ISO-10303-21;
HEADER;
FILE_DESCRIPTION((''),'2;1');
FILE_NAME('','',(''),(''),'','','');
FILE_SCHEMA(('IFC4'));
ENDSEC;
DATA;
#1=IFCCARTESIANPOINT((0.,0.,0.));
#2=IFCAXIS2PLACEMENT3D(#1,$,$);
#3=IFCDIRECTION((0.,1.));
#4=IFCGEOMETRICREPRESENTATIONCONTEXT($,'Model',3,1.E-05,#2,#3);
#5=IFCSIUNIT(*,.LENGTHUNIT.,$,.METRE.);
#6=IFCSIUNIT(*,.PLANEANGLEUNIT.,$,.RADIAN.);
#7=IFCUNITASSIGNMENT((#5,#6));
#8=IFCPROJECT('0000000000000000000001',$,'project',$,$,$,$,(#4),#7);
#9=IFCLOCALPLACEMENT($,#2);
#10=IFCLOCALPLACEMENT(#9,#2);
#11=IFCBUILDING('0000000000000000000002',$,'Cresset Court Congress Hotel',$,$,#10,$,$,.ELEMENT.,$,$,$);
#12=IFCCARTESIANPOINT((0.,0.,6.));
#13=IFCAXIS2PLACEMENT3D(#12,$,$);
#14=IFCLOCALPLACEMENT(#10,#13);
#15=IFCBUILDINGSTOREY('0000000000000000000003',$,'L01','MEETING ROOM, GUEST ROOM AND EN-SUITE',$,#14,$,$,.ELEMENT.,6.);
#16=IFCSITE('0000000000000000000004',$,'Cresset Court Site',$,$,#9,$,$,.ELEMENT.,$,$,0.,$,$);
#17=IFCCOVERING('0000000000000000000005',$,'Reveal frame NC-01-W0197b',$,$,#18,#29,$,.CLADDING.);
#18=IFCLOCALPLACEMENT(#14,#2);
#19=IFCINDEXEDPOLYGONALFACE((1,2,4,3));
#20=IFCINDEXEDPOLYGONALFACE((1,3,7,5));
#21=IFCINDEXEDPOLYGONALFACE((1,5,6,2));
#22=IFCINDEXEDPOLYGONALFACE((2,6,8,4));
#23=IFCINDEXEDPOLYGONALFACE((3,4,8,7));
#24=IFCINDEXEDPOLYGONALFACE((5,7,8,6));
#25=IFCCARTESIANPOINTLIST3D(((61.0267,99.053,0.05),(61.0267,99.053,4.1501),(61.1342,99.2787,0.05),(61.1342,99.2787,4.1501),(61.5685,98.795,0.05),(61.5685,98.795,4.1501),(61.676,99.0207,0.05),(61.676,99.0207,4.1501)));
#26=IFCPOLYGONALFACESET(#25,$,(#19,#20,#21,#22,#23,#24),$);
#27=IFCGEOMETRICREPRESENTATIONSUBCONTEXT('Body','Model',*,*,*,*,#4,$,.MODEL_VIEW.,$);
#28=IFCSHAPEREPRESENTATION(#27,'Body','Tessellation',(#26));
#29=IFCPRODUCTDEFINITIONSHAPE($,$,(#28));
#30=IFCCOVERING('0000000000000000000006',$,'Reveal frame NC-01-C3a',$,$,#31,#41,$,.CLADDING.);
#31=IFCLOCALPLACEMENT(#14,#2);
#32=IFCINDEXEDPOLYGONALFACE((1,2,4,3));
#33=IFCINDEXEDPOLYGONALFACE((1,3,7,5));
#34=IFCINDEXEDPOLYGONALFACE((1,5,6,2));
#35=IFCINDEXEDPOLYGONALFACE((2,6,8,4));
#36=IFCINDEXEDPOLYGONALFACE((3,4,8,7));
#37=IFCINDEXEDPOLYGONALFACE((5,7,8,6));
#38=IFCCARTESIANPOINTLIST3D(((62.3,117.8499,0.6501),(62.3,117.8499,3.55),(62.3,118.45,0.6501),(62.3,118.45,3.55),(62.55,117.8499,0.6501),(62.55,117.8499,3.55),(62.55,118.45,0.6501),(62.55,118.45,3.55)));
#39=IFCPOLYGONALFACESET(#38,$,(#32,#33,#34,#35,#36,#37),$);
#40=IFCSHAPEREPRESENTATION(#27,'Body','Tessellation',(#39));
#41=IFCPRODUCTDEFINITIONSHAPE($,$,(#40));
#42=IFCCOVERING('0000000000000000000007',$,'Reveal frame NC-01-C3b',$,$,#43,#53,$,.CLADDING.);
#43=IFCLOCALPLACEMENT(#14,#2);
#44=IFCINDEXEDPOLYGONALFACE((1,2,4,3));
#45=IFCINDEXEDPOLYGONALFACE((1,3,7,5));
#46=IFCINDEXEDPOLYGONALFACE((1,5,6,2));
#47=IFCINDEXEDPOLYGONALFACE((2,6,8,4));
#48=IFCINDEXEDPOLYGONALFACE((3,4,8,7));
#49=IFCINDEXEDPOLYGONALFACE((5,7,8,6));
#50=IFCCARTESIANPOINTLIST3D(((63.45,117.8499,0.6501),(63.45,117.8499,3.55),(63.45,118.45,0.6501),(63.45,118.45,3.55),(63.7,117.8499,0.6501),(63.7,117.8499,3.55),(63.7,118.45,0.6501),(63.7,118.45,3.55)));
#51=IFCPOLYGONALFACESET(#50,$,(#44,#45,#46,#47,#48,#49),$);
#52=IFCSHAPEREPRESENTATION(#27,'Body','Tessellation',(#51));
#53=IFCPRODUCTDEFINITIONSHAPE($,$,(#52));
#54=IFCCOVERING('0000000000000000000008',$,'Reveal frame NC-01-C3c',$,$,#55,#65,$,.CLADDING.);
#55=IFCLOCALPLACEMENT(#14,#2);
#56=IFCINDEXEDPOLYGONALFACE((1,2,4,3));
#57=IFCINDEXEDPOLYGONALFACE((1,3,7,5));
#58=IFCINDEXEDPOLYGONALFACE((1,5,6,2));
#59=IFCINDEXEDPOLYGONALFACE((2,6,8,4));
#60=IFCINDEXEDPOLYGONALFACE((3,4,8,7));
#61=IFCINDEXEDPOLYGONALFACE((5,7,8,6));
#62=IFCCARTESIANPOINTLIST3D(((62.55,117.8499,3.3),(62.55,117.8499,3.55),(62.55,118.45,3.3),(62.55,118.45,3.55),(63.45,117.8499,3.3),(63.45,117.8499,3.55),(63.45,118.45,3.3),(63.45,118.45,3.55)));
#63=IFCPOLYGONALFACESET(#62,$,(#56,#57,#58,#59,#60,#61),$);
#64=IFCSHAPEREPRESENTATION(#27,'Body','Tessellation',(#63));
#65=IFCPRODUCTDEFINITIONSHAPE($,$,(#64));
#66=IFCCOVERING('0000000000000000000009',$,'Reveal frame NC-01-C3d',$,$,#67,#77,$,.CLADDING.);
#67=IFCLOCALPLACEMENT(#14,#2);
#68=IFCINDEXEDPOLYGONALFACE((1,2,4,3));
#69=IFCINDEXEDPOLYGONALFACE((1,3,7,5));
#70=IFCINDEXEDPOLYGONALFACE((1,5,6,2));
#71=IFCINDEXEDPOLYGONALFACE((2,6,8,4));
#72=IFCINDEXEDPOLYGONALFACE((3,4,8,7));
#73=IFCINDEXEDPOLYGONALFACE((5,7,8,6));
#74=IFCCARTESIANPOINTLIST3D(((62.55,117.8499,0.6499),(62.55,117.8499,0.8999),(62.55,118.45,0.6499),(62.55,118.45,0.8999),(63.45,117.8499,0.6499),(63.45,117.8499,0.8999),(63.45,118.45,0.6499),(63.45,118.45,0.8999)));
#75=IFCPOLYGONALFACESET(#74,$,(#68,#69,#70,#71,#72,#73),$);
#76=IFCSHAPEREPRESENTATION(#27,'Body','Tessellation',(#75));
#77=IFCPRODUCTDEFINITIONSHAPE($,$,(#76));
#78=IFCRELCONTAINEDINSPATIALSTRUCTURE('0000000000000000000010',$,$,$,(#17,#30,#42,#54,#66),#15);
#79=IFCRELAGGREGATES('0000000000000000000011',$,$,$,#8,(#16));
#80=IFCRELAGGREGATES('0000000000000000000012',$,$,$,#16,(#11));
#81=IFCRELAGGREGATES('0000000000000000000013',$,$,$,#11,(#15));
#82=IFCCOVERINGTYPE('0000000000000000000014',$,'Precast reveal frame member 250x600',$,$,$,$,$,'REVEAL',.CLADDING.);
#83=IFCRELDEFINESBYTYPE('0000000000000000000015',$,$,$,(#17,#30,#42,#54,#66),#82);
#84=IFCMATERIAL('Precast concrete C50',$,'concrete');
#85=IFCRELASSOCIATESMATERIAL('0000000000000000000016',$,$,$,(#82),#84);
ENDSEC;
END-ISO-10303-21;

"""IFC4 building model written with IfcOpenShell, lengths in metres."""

from ifc_helpers import new_model, si_unit, direction, frame, origin, origin_2d, place, context, subcontext, project, spatial, rectangle, extrude, material, type_object, element, save


model = new_model("IFC4")

# Units and contexts
model_context = context("Model", 3, precision=1e-05, world=origin(), true_north=direction((0.0, 1.0)))
body_context = subcontext(model_context, "Body", "Model", "MODEL_VIEW")
ifc_project = project(units=[si_unit("LENGTHUNIT", "METRE"), si_unit("PLANEANGLEUNIT", "RADIAN")], contexts=[model_context])

# Site, building, storey
site_placement = place(None, origin())
site = spatial("IfcSite", under=ifc_project, at=site_placement, Name="Cresset Court Site", CompositionType="ELEMENT", RefElevation=0.0)
building_placement = place(site_placement, origin())
building = spatial("IfcBuilding", under=site, at=building_placement, Name="Cresset Court Congress Hotel", CompositionType="ELEMENT")
storey_placement = place(building_placement, frame((0.0, 0.0, 6.0)))
storey = spatial("IfcBuildingStorey", under=building, at=storey_placement, Name="L01", Description="MEETING ROOM, GUEST ROOM AND EN-SUITE", CompositionType="ELEMENT", Elevation=6.0)

# Coverings
ifc_material_1 = material(Name="Precast concrete C50", Category="concrete")
covering_type = type_object("IfcCoveringType", Name="Precast reveal frame member 250x600", ElementType="REVEAL", PredefinedType="CLADDING", material=ifc_material_1)
covering_placement = place(storey_placement, frame((61.3513, 99.0369, 0.05), z_axis=(0.0, 0.0, 1.0), x_axis=(0.429933, 0.902861, 0.0)))
element("IfcCovering", 1, at=covering_placement, inside=storey, type_object=covering_type, Name="Reveal frame NC-01-W0197b", PredefinedType="CLADDING", context=body_context, shape_type="SweptSolid", body=[
    extrude(rectangle(XDim=0.25, YDim=0.6001, at=origin_2d()), origin(), (0.0, 0.0, 1.0), 4.1001),
])
for number, where, z_axis, x_axis, name in (
    (2, (62.425, 118.1499, 0.6501), (0.0, 0.0, 1.0), (1.0, 0.0, 0.0), "Reveal frame NC-01-C3a"),
    (3, (63.575, 118.1499, 0.6501), (0.0, 0.0, 1.0), (1.0, 0.0, 0.0), "Reveal frame NC-01-C3b"),
):
    element("IfcCovering", number, at=place(storey_placement, frame(where, z_axis=z_axis, x_axis=x_axis)), inside=storey, type_object=covering_type, Name=name, PredefinedType="CLADDING", context=body_context, shape_type="SweptSolid", body=[
        extrude(rectangle(XDim=0.25, YDim=0.6001, at=origin_2d()), origin(), (0.0, 0.0, 1.0), 2.8999),
    ])
for number, where, z_axis, x_axis, name in (
    (4, (63.0, 118.1499, 3.3), (0.0, 0.0, 1.0), (1.0, 0.0, 0.0), "Reveal frame NC-01-C3c"),
    (5, (63.0, 118.1499, 0.6499), (0.0, 0.0, 1.0), (1.0, 0.0, 0.0), "Reveal frame NC-01-C3d"),
):
    element("IfcCovering", number, at=place(storey_placement, frame(where, z_axis=z_axis, x_axis=x_axis)), inside=storey, type_object=covering_type, Name=name, PredefinedType="CLADDING", context=body_context, shape_type="SweptSolid", body=[
        extrude(rectangle(XDim=0.8999, YDim=0.6001, at=origin_2d()), origin(), (0.0, 0.0, 1.0), 0.25),
    ])

save(model, "model.ifc")
